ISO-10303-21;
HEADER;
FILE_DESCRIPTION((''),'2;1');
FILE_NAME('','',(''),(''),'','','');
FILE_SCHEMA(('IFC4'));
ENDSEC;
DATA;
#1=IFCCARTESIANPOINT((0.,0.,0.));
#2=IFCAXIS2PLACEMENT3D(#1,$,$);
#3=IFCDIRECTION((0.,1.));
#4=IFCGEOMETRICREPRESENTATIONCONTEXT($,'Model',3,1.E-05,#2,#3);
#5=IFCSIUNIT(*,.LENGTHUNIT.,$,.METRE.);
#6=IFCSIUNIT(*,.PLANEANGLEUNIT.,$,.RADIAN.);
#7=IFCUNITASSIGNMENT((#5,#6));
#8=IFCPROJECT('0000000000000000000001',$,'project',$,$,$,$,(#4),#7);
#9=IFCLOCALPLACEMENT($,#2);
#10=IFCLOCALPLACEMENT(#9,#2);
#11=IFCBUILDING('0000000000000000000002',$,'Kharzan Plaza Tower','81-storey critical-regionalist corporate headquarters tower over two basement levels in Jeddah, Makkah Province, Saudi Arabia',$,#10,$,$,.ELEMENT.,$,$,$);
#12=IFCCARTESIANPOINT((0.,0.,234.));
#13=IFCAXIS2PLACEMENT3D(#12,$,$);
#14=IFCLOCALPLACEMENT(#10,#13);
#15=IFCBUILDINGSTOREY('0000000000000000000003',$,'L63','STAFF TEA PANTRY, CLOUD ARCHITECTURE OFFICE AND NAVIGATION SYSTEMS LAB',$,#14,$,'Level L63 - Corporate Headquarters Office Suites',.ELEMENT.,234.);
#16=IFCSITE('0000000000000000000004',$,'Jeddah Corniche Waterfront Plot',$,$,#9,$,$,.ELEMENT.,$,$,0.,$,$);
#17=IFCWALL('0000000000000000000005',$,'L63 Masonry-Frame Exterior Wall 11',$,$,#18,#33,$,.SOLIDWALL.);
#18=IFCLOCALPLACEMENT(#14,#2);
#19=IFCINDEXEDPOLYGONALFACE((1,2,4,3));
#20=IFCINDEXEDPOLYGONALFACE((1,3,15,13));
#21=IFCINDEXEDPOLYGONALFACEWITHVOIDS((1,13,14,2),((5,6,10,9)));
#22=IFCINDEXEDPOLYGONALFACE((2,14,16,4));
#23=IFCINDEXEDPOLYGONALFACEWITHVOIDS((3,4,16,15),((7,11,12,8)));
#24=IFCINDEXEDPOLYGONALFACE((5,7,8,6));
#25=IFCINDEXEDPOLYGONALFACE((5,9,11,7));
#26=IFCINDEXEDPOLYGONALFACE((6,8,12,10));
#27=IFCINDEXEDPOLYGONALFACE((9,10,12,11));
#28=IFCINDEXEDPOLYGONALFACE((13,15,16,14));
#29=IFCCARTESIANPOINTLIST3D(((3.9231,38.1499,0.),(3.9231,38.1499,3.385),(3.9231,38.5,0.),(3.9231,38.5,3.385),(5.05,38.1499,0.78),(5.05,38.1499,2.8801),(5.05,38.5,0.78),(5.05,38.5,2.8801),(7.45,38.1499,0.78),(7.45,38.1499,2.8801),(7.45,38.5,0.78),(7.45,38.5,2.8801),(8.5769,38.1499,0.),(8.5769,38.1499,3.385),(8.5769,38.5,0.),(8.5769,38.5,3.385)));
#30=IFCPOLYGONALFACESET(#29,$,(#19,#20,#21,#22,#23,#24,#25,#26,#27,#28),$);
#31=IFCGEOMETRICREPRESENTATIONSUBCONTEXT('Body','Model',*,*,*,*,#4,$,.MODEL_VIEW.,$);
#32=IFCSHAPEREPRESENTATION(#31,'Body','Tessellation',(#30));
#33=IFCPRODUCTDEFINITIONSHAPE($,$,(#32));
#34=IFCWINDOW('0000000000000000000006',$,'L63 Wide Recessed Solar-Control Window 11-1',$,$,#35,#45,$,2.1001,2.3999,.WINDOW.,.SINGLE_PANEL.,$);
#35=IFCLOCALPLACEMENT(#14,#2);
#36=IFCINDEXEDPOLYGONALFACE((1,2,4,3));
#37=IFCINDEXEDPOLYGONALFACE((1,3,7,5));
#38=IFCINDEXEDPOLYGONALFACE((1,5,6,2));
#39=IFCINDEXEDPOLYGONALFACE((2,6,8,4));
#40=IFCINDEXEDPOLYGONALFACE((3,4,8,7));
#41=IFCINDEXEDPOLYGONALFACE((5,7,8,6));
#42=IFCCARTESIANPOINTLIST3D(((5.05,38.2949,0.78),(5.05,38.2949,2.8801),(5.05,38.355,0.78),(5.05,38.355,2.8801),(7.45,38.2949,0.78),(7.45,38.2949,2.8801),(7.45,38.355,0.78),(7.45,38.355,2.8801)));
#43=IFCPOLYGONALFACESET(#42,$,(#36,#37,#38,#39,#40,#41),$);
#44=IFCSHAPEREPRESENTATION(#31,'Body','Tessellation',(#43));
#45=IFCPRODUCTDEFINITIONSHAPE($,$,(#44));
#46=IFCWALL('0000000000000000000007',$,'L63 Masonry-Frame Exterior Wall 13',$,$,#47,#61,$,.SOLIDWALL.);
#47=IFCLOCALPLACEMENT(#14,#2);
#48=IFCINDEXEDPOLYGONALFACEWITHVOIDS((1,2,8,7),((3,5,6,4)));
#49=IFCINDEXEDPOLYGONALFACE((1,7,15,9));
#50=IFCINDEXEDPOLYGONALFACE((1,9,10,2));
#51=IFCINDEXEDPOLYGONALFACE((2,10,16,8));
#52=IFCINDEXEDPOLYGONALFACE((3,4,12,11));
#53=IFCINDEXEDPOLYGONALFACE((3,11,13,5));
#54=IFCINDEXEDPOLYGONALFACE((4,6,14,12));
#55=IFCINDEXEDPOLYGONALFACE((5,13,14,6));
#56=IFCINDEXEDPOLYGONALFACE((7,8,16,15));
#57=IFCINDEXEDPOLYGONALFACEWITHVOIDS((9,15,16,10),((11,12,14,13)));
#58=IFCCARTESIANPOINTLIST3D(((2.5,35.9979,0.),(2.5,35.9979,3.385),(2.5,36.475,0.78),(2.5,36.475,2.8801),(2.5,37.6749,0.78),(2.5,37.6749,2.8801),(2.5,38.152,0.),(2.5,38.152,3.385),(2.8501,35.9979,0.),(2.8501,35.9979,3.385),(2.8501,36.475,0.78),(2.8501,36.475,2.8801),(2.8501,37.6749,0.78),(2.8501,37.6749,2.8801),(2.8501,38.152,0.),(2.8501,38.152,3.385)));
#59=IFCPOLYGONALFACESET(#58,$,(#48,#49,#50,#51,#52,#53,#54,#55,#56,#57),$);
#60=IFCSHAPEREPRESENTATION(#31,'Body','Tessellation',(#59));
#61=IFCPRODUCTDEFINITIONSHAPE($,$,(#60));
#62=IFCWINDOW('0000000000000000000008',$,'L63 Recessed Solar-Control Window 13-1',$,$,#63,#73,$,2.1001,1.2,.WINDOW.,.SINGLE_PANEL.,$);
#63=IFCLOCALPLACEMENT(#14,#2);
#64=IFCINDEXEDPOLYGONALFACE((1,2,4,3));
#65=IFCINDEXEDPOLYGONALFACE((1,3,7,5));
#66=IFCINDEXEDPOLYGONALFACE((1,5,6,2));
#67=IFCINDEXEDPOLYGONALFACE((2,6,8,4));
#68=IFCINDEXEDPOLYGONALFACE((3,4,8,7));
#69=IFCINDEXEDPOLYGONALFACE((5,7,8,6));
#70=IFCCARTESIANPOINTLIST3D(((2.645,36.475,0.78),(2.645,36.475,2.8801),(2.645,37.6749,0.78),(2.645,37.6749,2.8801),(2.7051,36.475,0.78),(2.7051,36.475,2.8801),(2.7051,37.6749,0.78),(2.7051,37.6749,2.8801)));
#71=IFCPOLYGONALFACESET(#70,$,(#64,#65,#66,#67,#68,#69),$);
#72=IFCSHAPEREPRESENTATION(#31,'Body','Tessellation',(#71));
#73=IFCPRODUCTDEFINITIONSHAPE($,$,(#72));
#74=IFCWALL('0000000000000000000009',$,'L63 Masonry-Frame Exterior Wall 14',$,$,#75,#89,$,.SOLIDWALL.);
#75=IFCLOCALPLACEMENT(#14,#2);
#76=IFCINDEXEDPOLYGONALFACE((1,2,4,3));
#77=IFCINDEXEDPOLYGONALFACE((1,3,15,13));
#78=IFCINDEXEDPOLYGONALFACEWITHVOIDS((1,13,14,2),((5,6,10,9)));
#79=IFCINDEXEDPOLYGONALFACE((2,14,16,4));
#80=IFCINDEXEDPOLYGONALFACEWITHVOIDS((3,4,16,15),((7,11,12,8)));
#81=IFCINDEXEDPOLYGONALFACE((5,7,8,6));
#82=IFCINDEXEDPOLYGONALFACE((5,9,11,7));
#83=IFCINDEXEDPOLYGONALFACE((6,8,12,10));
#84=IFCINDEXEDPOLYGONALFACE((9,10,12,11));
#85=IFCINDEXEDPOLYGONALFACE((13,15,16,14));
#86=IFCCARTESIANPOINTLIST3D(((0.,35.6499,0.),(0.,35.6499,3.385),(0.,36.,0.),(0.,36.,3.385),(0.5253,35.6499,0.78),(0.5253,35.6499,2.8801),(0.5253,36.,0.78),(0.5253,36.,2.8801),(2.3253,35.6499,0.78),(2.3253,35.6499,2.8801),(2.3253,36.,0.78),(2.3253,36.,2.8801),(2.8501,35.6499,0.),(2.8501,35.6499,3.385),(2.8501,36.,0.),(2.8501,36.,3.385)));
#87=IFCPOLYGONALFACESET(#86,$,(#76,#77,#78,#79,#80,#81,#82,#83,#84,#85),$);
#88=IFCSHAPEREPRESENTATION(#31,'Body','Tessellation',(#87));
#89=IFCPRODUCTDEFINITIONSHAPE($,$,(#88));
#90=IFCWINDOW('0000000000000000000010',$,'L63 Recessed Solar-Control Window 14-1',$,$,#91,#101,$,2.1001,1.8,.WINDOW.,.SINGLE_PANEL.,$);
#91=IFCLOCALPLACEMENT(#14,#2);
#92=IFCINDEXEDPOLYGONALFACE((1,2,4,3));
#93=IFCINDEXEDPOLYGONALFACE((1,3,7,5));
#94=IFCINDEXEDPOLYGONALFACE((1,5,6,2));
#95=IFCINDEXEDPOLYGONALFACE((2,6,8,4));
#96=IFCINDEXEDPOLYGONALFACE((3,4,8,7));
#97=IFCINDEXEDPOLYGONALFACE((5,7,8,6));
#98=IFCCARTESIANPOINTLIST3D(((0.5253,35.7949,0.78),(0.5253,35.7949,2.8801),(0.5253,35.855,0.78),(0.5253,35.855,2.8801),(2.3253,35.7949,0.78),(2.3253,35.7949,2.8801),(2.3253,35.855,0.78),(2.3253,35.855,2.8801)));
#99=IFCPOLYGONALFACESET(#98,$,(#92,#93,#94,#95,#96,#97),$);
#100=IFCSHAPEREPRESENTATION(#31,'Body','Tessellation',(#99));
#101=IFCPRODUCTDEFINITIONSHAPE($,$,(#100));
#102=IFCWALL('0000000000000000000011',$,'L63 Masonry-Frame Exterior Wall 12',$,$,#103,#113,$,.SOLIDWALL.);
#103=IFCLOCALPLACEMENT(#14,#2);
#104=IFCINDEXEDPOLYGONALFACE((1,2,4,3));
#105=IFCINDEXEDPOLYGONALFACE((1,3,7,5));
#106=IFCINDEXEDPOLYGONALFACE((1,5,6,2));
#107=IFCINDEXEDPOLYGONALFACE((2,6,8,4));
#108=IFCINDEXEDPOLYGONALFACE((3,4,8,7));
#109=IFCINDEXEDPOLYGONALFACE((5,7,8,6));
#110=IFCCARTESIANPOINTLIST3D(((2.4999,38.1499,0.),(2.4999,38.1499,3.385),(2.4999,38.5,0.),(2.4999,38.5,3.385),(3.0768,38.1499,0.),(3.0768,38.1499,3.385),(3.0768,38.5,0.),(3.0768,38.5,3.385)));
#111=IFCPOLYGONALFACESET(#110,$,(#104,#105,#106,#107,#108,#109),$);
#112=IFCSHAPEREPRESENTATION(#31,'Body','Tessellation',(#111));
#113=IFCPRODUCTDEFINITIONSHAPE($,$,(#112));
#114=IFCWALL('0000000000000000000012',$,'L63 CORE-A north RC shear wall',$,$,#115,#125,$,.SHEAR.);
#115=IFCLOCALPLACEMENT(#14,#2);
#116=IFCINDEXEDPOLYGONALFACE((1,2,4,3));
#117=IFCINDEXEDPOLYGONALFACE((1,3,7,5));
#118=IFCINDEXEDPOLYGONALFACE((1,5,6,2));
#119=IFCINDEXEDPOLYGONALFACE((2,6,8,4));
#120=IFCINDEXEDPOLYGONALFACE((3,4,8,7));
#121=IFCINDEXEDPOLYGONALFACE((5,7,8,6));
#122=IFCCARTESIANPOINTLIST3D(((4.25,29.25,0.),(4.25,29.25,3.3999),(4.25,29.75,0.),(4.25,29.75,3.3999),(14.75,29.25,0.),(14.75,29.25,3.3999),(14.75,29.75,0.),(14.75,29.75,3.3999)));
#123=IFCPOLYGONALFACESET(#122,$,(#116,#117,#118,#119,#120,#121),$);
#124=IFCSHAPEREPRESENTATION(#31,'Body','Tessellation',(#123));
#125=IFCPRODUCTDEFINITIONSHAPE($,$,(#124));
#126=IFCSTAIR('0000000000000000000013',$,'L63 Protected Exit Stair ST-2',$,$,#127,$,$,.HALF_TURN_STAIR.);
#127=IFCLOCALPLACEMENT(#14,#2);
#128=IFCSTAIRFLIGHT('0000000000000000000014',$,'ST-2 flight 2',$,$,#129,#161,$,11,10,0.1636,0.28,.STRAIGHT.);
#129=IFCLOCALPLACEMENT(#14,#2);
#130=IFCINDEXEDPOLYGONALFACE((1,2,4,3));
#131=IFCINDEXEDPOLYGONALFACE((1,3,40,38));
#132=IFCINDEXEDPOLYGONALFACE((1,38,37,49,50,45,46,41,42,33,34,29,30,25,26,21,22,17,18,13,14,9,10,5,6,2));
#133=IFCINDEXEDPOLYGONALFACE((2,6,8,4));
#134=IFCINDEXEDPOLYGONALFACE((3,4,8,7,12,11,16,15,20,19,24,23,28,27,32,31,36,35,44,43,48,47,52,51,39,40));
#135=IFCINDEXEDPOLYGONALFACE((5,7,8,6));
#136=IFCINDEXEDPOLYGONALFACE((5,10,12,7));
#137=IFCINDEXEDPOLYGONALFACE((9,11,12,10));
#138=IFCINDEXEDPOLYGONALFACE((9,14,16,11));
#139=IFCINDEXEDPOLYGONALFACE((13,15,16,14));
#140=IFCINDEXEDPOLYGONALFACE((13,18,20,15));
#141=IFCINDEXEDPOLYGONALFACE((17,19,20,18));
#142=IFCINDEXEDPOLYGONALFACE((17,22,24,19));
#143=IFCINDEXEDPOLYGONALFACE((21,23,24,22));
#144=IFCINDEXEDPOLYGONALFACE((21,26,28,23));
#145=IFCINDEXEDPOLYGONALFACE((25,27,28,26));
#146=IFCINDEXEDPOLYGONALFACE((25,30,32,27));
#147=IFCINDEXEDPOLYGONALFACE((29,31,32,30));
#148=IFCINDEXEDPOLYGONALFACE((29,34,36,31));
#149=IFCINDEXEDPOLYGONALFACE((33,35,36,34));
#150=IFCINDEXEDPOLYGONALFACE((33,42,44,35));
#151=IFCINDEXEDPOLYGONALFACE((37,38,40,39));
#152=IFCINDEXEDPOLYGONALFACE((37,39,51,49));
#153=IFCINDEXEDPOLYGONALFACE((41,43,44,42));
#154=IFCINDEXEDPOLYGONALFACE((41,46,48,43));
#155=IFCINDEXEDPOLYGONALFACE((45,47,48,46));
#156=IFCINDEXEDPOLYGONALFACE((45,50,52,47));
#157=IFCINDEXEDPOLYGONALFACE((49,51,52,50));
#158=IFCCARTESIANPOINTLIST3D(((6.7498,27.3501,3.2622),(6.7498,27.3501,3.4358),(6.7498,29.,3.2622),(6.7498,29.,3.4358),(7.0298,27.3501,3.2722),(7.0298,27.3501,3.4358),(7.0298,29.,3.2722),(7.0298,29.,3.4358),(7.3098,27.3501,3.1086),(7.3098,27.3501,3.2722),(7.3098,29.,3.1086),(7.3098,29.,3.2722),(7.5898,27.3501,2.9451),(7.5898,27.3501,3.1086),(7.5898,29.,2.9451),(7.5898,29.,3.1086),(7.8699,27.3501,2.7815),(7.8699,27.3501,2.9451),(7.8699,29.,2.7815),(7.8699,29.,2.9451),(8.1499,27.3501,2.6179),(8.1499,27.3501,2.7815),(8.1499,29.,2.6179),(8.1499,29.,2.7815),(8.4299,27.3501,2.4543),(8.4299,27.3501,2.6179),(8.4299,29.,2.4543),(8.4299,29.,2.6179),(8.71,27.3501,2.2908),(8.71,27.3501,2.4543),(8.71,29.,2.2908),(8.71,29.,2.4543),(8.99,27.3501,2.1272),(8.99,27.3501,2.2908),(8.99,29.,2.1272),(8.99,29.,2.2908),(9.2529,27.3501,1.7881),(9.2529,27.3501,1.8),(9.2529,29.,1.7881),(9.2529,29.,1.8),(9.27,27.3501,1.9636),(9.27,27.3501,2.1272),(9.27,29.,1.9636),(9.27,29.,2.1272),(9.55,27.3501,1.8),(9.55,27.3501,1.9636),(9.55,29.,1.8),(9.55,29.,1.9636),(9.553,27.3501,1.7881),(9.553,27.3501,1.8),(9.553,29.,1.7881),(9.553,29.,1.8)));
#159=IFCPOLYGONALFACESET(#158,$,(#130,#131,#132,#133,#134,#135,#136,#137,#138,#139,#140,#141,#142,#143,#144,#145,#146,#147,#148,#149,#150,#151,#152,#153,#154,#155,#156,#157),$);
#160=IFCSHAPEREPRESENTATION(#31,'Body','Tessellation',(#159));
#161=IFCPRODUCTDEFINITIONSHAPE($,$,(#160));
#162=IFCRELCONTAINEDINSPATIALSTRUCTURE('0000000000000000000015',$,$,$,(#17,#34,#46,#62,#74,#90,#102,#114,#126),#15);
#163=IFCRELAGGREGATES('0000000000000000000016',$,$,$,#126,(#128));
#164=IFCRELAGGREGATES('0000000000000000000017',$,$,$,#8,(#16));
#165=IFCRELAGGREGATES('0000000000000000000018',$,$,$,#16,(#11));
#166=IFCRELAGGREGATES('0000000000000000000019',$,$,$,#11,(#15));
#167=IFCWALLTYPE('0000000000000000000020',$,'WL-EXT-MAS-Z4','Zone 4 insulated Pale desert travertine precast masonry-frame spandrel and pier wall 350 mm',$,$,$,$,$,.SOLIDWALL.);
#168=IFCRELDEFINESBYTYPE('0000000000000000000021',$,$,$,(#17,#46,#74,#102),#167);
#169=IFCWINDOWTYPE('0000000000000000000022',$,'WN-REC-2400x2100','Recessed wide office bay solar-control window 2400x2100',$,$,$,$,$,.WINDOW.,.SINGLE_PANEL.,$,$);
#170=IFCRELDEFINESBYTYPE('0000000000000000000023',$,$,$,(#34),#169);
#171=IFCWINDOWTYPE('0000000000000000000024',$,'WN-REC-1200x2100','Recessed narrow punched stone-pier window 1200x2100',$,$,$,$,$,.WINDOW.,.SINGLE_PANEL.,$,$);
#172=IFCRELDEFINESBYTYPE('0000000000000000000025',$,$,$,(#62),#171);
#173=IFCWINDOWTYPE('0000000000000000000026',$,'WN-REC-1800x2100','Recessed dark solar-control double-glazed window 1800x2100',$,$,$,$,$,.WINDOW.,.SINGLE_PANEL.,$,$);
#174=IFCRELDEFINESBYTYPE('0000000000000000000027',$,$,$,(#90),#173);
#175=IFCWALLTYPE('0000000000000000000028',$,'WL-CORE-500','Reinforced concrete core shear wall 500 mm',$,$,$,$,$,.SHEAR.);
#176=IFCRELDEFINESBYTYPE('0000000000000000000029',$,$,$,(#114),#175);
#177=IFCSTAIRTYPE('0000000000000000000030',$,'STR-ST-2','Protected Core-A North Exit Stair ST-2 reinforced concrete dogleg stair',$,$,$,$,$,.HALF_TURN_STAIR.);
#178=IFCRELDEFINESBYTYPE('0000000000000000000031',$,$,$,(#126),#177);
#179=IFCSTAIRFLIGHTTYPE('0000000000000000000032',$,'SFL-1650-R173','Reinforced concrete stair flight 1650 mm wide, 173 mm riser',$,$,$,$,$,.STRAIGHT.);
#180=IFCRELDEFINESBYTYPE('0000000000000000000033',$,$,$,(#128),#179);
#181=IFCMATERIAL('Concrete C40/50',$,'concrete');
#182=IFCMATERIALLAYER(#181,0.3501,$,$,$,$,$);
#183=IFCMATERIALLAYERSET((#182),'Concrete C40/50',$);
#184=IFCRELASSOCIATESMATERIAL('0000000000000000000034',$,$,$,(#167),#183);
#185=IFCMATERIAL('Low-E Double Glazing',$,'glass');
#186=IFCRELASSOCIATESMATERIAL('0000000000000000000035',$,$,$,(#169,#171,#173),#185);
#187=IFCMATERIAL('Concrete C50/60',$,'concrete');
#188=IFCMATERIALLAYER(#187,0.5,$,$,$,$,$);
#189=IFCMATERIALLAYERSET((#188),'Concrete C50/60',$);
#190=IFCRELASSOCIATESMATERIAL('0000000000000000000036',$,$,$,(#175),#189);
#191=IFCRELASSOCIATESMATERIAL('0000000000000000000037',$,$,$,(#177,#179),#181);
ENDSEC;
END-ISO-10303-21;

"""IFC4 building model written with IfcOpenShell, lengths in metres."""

from ifc_helpers import new_model, si_unit, direction, frame, frame_2d, origin, place, context, subcontext, project, spatial, polyline, rectangle, outline, extrude, source, transform, mapped, material, layer, layer_set, type_object, element, fill, aggregate, save


model = new_model("IFC4")

# Units and contexts
model_context = context("Model", 3, precision=1e-05, world=origin(), true_north=direction((0.0, 1.0)))
body_context = subcontext(model_context, "Body", "Model", "MODEL_VIEW")
ifc_project = project(units=[si_unit("LENGTHUNIT", "METRE"), si_unit("PLANEANGLEUNIT", "RADIAN")], contexts=[model_context])

# Site, building, storey
site_placement = place(None, origin())
site = spatial("IfcSite", under=ifc_project, at=site_placement, Name="Jeddah Corniche Waterfront Plot", CompositionType="ELEMENT", RefElevation=0.0)
building_placement = place(site_placement, origin())
building = spatial("IfcBuilding", under=site, at=building_placement, Name="Kharzan Plaza Tower", Description="81-storey critical-regionalist corporate headquarters tower over two basement levels in Jeddah, Makkah Province, Saudi Arabia", CompositionType="ELEMENT")
storey_placement = place(building_placement, frame((0.0, 0.0, 234.0)))
storey = spatial("IfcBuildingStorey", under=building, at=storey_placement, Name="L63", Description="STAFF TEA PANTRY, CLOUD ARCHITECTURE OFFICE AND NAVIGATION SYSTEMS LAB", LongName="Level L63 - Corporate Headquarters Office Suites", CompositionType="ELEMENT", Elevation=234.0)

# Shared definitions
ifc_material_1 = material(Name="Concrete C50/60", Category="concrete")

# Walls, openings, windows
ifc_material_2 = material(Name="Concrete C40/50", Category="concrete")
ifc_layer_1 = layer(ifc_material_2, 0.3501)
ifc_layer_set_1 = layer_set([ifc_layer_1], Name="Concrete C40/50")
wall_type_1 = type_object("IfcWallType", Name="WL-EXT-MAS-Z4", Description="Zone 4 insulated Pale desert travertine precast masonry-frame spandrel and pier wall 350 mm", PredefinedType="SOLIDWALL", material=ifc_layer_set_1)
ifc_material_3 = material(Name="Low-E Double Glazing", Category="glass")
window_type_1 = type_object("IfcWindowType", Name="WN-REC-2400x2100", Description="Recessed wide office bay solar-control window 2400x2100", PartitioningType="SINGLE_PANEL", PredefinedType="WINDOW", material=ifc_material_3)
shared_shape_1 = source(origin(), body_context, "Body", "SweptSolid", [
    extrude(rectangle(XDim=2.3999, YDim=2.1001, at=frame_2d((1.2, 1.05))), frame((0.0, 0.03, 0.0), z_axis=(0.0, -1.0, 0.0), x_axis=(1.0, 0.0, 0.0)), (0.0, 0.0, 1.0), 0.0601),
])
wall_1_placement = place(storey_placement, frame((8.5769, 38.325, 0.0), z_axis=(0.0, 0.0, 1.0), x_axis=(-1.0, 0.0, 0.0)))
wall_1 = element("IfcWall", 1, at=wall_1_placement, inside=storey, type_object=wall_type_1, Name="L63 Masonry-Frame Exterior Wall 11", PredefinedType="SOLIDWALL", context=body_context, shape_type="SweptSolid", body=[
    extrude(rectangle(XDim=4.6538, YDim=0.3501, at=frame_2d((2.3269, 0.0))), origin(), (0.0, 0.0, 1.0), 3.385),
])
opening_1_placement = place(wall_1_placement, frame((1.127, 0.0, 0.78)))
opening_1 = element("IfcOpeningElement", 2, at=opening_1_placement, cuts=wall_1, PredefinedType="OPENING", context=body_context, shape_type="SweptSolid", body=[
    extrude(rectangle(XDim=2.3999, YDim=2.1001, at=frame_2d((1.2, 1.05))), frame((0.0, 0.1851, 0.0), z_axis=(0.0, -1.0, 0.0), x_axis=(1.0, 0.0, 0.0)), (0.0, 0.0, 1.0), 0.3701),
])
window_1_placement = place(opening_1_placement, origin())
window_1 = element("IfcWindow", 3, at=window_1_placement, inside=storey, type_object=window_type_1, Name="L63 Wide Recessed Solar-Control Window 11-1", OverallHeight=2.1001, OverallWidth=2.3999, PartitioningType="SINGLE_PANEL", PredefinedType="WINDOW", context=body_context, shape_type="MappedRepresentation", body=[
    mapped(shared_shape_1, transform((0.0, 0.0, 0.0), x_axis=(1.0, 0.0, 0.0), y_axis=(0.0, 1.0, 0.0), z_axis=(0.0, 0.0, 1.0))),
])
fill(opening_1, window_1)
wall_2_placement = place(storey_placement, frame((2.675, 38.1521, 0.0), z_axis=(0.0, 0.0, 1.0), x_axis=(0.0, -1.0, 0.0)))
wall_2 = element("IfcWall", 4, at=wall_2_placement, inside=storey, type_object=wall_type_1, Name="L63 Masonry-Frame Exterior Wall 13", PredefinedType="SOLIDWALL", context=body_context, shape_type="SweptSolid", body=[
    extrude(rectangle(XDim=2.1541, YDim=0.3501, at=frame_2d((1.0771, 0.0))), origin(), (0.0, 0.0, 1.0), 3.385),
])
opening_2_placement = place(wall_2_placement, frame((0.4771, 0.0, 0.78)))
opening_2 = element("IfcOpeningElement", 5, at=opening_2_placement, cuts=wall_2, PredefinedType="OPENING", context=body_context, shape_type="SweptSolid", body=[
    extrude(rectangle(XDim=1.2, YDim=2.1001, at=frame_2d((0.6001, 1.05))), frame((0.0, 0.1851, 0.0), z_axis=(0.0, -1.0, 0.0), x_axis=(1.0, 0.0, 0.0)), (0.0, 0.0, 1.0), 0.3701),
])
window_type_2 = type_object("IfcWindowType", Name="WN-REC-1200x2100", Description="Recessed narrow punched stone-pier window 1200x2100", PartitioningType="SINGLE_PANEL", PredefinedType="WINDOW", material=ifc_material_3)
shared_shape_2 = source(origin(), body_context, "Body", "SweptSolid", [
    extrude(rectangle(XDim=1.2, YDim=2.1001, at=frame_2d((0.6001, 1.05))), frame((0.0, 0.03, 0.0), z_axis=(0.0, -1.0, 0.0), x_axis=(1.0, 0.0, 0.0)), (0.0, 0.0, 1.0), 0.0601),
])
window_2_placement = place(opening_2_placement, origin())
window_2 = element("IfcWindow", 6, at=window_2_placement, inside=storey, type_object=window_type_2, Name="L63 Recessed Solar-Control Window 13-1", OverallHeight=2.1001, OverallWidth=1.2, PartitioningType="SINGLE_PANEL", PredefinedType="WINDOW", context=body_context, shape_type="MappedRepresentation", body=[
    mapped(shared_shape_2, transform((0.0, 0.0, 0.0), x_axis=(1.0, 0.0, 0.0), y_axis=(0.0, 1.0, 0.0), z_axis=(0.0, 0.0, 1.0))),
])
fill(opening_2, window_2)
wall_3_placement = place(storey_placement, frame((2.8501, 35.825, 0.0), z_axis=(0.0, 0.0, 1.0), x_axis=(-1.0, 0.0, 0.0)))
wall_3 = element("IfcWall", 7, at=wall_3_placement, inside=storey, type_object=wall_type_1, Name="L63 Masonry-Frame Exterior Wall 14", PredefinedType="SOLIDWALL", context=body_context, shape_type="SweptSolid", body=[
    extrude(rectangle(XDim=2.8501, YDim=0.3501, at=frame_2d((1.425, 0.0))), origin(), (0.0, 0.0, 1.0), 3.385),
])
opening_3_placement = place(wall_3_placement, frame((0.5249, 0.0, 0.78)))
opening_3 = element("IfcOpeningElement", 8, at=opening_3_placement, cuts=wall_3, PredefinedType="OPENING", context=body_context, shape_type="SweptSolid", body=[
    extrude(rectangle(XDim=1.8, YDim=2.1001, at=frame_2d((0.8999, 1.05))), frame((0.0, 0.1851, 0.0), z_axis=(0.0, -1.0, 0.0), x_axis=(1.0, 0.0, 0.0)), (0.0, 0.0, 1.0), 0.3701),
])
window_type_3 = type_object("IfcWindowType", Name="WN-REC-1800x2100", Description="Recessed dark solar-control double-glazed window 1800x2100", PartitioningType="SINGLE_PANEL", PredefinedType="WINDOW", material=ifc_material_3)
shared_shape_3 = source(origin(), body_context, "Body", "SweptSolid", [
    extrude(rectangle(XDim=1.8, YDim=2.1001, at=frame_2d((0.8999, 1.05))), frame((0.0, 0.03, 0.0), z_axis=(0.0, -1.0, 0.0), x_axis=(1.0, 0.0, 0.0)), (0.0, 0.0, 1.0), 0.0601),
])
window_3_placement = place(opening_3_placement, origin())
window_3 = element("IfcWindow", 9, at=window_3_placement, inside=storey, type_object=window_type_3, Name="L63 Recessed Solar-Control Window 14-1", OverallHeight=2.1001, OverallWidth=1.8, PartitioningType="SINGLE_PANEL", PredefinedType="WINDOW", context=body_context, shape_type="MappedRepresentation", body=[
    mapped(shared_shape_3, transform((0.0, 0.0, 0.0), x_axis=(1.0, 0.0, 0.0), y_axis=(0.0, 1.0, 0.0), z_axis=(0.0, 0.0, 1.0))),
])
fill(opening_3, window_3)

# Walls
shared_shape_4 = source(origin(), body_context, "Body", "SweptSolid", [
    extrude(rectangle(XDim=0.5769, YDim=0.3501, at=frame_2d((0.2886, 0.0))), origin(), (0.0, 0.0, 1.0), 3.385),
])
wall_4_placement = place(storey_placement, frame((3.0769, 38.325, 0.0), z_axis=(0.0, 0.0, 1.0), x_axis=(-1.0, 0.0, 0.0)))
element("IfcWall", 10, at=wall_4_placement, inside=storey, type_object=wall_type_1, Name="L63 Masonry-Frame Exterior Wall 12", PredefinedType="SOLIDWALL", context=body_context, shape_type="MappedRepresentation", body=[
    mapped(shared_shape_4, transform((0.0, 0.0, 0.0), x_axis=(1.0, 0.0, 0.0), y_axis=(0.0, 1.0, 0.0), z_axis=(0.0, 0.0, 1.0))),
])
ifc_layer_2 = layer(ifc_material_1, 0.5)
ifc_layer_set_2 = layer_set([ifc_layer_2], Name="Concrete C50/60")
wall_type_2 = type_object("IfcWallType", Name="WL-CORE-500", Description="Reinforced concrete core shear wall 500 mm", PredefinedType="SHEAR", material=ifc_layer_set_2)
shared_shape_5 = source(origin(), body_context, "Body", "SweptSolid", [
    extrude(rectangle(XDim=10.5, YDim=0.5, at=frame_2d((5.25, 0.0))), origin(), (0.0, 0.0, 1.0), 3.3999),
])
wall_5_placement = place(storey_placement, frame((4.25, 29.5, 0.0), z_axis=(0.0, 0.0, 1.0), x_axis=(1.0, 0.0, 0.0)))
element("IfcWall", 11, at=wall_5_placement, inside=storey, type_object=wall_type_2, Name="L63 CORE-A north RC shear wall", PredefinedType="SHEAR", context=body_context, shape_type="MappedRepresentation", body=[
    mapped(shared_shape_5, transform((0.0, 0.0, 0.0), x_axis=(1.0, 0.0, 0.0), y_axis=(0.0, 1.0, 0.0), z_axis=(0.0, 0.0, 1.0))),
])

# Stair, stair flight
stair_type = type_object("IfcStairType", Name="STR-ST-2", Description="Protected Core-A North Exit Stair ST-2 reinforced concrete dogleg stair", PredefinedType="HALF_TURN_STAIR", material=ifc_material_2)
stair_placement = place(storey_placement, origin())
stair = element("IfcStair", 12, at=stair_placement, inside=storey, type_object=stair_type, Name="L63 Protected Exit Stair ST-2", PredefinedType="HALF_TURN_STAIR")
stair_flight_type = type_object("IfcStairFlightType", Name="SFL-1650-R173", Description="Reinforced concrete stair flight 1650 mm wide, 173 mm riser", PredefinedType="STRAIGHT", material=ifc_material_2)
shared_shape_6 = source(origin(), body_context, "Body", "SweptSolid", [
    extrude(outline(polyline([(-0.0029, -0.012), (-0.0029, 0.0), (0.0, 0.0), (0.0, 0.1636), (0.28, 0.1636), (0.28, 0.3271), (0.5601, 0.3271), (0.5601, 0.4907), (0.8401, 0.4907), (0.8401, 0.6543), (1.1201, 0.6543), (1.1201, 0.8179), (1.4001, 0.8179), (1.4001, 0.9814), (1.6802, 0.9814), (1.6802, 1.145), (1.9602, 1.145), (1.9602, 1.3086), (2.2402, 1.3086), (2.2402, 1.4722), (2.5203, 1.4722), (2.5203, 1.6357), (2.8003, 1.6357), (2.8003, 1.7993), (2.8003, 1.4622), (0.2971, 0.0), (0.2971, -0.012), (-0.0029, -0.012)])), frame((0.0, 0.825, 0.0), z_axis=(0.0, -1.0, 0.0), x_axis=(1.0, 0.0, 0.0)), (0.0, 0.0, 1.0), 1.6499),
])
stair_flight_placement = place(storey_placement, frame((9.55, 28.175, 1.8), z_axis=(0.0, 0.0, 1.0), x_axis=(-1.0, 0.0, 0.0)))
stair_flight = element("IfcStairFlight", 13, at=stair_flight_placement, type_object=stair_flight_type, Name="ST-2 flight 2", NumberOfRisers=11, NumberOfTreads=10, PredefinedType="STRAIGHT", RiserHeight=0.1636, TreadLength=0.28, context=body_context, shape_type="MappedRepresentation", body=[
    mapped(shared_shape_6, transform((0.0, 0.0, 0.0), x_axis=(1.0, 0.0, 0.0), y_axis=(0.0, 1.0, 0.0), z_axis=(0.0, 0.0, 1.0))),
])
aggregate(stair, [stair_flight])

save(model, "model.ifc")
